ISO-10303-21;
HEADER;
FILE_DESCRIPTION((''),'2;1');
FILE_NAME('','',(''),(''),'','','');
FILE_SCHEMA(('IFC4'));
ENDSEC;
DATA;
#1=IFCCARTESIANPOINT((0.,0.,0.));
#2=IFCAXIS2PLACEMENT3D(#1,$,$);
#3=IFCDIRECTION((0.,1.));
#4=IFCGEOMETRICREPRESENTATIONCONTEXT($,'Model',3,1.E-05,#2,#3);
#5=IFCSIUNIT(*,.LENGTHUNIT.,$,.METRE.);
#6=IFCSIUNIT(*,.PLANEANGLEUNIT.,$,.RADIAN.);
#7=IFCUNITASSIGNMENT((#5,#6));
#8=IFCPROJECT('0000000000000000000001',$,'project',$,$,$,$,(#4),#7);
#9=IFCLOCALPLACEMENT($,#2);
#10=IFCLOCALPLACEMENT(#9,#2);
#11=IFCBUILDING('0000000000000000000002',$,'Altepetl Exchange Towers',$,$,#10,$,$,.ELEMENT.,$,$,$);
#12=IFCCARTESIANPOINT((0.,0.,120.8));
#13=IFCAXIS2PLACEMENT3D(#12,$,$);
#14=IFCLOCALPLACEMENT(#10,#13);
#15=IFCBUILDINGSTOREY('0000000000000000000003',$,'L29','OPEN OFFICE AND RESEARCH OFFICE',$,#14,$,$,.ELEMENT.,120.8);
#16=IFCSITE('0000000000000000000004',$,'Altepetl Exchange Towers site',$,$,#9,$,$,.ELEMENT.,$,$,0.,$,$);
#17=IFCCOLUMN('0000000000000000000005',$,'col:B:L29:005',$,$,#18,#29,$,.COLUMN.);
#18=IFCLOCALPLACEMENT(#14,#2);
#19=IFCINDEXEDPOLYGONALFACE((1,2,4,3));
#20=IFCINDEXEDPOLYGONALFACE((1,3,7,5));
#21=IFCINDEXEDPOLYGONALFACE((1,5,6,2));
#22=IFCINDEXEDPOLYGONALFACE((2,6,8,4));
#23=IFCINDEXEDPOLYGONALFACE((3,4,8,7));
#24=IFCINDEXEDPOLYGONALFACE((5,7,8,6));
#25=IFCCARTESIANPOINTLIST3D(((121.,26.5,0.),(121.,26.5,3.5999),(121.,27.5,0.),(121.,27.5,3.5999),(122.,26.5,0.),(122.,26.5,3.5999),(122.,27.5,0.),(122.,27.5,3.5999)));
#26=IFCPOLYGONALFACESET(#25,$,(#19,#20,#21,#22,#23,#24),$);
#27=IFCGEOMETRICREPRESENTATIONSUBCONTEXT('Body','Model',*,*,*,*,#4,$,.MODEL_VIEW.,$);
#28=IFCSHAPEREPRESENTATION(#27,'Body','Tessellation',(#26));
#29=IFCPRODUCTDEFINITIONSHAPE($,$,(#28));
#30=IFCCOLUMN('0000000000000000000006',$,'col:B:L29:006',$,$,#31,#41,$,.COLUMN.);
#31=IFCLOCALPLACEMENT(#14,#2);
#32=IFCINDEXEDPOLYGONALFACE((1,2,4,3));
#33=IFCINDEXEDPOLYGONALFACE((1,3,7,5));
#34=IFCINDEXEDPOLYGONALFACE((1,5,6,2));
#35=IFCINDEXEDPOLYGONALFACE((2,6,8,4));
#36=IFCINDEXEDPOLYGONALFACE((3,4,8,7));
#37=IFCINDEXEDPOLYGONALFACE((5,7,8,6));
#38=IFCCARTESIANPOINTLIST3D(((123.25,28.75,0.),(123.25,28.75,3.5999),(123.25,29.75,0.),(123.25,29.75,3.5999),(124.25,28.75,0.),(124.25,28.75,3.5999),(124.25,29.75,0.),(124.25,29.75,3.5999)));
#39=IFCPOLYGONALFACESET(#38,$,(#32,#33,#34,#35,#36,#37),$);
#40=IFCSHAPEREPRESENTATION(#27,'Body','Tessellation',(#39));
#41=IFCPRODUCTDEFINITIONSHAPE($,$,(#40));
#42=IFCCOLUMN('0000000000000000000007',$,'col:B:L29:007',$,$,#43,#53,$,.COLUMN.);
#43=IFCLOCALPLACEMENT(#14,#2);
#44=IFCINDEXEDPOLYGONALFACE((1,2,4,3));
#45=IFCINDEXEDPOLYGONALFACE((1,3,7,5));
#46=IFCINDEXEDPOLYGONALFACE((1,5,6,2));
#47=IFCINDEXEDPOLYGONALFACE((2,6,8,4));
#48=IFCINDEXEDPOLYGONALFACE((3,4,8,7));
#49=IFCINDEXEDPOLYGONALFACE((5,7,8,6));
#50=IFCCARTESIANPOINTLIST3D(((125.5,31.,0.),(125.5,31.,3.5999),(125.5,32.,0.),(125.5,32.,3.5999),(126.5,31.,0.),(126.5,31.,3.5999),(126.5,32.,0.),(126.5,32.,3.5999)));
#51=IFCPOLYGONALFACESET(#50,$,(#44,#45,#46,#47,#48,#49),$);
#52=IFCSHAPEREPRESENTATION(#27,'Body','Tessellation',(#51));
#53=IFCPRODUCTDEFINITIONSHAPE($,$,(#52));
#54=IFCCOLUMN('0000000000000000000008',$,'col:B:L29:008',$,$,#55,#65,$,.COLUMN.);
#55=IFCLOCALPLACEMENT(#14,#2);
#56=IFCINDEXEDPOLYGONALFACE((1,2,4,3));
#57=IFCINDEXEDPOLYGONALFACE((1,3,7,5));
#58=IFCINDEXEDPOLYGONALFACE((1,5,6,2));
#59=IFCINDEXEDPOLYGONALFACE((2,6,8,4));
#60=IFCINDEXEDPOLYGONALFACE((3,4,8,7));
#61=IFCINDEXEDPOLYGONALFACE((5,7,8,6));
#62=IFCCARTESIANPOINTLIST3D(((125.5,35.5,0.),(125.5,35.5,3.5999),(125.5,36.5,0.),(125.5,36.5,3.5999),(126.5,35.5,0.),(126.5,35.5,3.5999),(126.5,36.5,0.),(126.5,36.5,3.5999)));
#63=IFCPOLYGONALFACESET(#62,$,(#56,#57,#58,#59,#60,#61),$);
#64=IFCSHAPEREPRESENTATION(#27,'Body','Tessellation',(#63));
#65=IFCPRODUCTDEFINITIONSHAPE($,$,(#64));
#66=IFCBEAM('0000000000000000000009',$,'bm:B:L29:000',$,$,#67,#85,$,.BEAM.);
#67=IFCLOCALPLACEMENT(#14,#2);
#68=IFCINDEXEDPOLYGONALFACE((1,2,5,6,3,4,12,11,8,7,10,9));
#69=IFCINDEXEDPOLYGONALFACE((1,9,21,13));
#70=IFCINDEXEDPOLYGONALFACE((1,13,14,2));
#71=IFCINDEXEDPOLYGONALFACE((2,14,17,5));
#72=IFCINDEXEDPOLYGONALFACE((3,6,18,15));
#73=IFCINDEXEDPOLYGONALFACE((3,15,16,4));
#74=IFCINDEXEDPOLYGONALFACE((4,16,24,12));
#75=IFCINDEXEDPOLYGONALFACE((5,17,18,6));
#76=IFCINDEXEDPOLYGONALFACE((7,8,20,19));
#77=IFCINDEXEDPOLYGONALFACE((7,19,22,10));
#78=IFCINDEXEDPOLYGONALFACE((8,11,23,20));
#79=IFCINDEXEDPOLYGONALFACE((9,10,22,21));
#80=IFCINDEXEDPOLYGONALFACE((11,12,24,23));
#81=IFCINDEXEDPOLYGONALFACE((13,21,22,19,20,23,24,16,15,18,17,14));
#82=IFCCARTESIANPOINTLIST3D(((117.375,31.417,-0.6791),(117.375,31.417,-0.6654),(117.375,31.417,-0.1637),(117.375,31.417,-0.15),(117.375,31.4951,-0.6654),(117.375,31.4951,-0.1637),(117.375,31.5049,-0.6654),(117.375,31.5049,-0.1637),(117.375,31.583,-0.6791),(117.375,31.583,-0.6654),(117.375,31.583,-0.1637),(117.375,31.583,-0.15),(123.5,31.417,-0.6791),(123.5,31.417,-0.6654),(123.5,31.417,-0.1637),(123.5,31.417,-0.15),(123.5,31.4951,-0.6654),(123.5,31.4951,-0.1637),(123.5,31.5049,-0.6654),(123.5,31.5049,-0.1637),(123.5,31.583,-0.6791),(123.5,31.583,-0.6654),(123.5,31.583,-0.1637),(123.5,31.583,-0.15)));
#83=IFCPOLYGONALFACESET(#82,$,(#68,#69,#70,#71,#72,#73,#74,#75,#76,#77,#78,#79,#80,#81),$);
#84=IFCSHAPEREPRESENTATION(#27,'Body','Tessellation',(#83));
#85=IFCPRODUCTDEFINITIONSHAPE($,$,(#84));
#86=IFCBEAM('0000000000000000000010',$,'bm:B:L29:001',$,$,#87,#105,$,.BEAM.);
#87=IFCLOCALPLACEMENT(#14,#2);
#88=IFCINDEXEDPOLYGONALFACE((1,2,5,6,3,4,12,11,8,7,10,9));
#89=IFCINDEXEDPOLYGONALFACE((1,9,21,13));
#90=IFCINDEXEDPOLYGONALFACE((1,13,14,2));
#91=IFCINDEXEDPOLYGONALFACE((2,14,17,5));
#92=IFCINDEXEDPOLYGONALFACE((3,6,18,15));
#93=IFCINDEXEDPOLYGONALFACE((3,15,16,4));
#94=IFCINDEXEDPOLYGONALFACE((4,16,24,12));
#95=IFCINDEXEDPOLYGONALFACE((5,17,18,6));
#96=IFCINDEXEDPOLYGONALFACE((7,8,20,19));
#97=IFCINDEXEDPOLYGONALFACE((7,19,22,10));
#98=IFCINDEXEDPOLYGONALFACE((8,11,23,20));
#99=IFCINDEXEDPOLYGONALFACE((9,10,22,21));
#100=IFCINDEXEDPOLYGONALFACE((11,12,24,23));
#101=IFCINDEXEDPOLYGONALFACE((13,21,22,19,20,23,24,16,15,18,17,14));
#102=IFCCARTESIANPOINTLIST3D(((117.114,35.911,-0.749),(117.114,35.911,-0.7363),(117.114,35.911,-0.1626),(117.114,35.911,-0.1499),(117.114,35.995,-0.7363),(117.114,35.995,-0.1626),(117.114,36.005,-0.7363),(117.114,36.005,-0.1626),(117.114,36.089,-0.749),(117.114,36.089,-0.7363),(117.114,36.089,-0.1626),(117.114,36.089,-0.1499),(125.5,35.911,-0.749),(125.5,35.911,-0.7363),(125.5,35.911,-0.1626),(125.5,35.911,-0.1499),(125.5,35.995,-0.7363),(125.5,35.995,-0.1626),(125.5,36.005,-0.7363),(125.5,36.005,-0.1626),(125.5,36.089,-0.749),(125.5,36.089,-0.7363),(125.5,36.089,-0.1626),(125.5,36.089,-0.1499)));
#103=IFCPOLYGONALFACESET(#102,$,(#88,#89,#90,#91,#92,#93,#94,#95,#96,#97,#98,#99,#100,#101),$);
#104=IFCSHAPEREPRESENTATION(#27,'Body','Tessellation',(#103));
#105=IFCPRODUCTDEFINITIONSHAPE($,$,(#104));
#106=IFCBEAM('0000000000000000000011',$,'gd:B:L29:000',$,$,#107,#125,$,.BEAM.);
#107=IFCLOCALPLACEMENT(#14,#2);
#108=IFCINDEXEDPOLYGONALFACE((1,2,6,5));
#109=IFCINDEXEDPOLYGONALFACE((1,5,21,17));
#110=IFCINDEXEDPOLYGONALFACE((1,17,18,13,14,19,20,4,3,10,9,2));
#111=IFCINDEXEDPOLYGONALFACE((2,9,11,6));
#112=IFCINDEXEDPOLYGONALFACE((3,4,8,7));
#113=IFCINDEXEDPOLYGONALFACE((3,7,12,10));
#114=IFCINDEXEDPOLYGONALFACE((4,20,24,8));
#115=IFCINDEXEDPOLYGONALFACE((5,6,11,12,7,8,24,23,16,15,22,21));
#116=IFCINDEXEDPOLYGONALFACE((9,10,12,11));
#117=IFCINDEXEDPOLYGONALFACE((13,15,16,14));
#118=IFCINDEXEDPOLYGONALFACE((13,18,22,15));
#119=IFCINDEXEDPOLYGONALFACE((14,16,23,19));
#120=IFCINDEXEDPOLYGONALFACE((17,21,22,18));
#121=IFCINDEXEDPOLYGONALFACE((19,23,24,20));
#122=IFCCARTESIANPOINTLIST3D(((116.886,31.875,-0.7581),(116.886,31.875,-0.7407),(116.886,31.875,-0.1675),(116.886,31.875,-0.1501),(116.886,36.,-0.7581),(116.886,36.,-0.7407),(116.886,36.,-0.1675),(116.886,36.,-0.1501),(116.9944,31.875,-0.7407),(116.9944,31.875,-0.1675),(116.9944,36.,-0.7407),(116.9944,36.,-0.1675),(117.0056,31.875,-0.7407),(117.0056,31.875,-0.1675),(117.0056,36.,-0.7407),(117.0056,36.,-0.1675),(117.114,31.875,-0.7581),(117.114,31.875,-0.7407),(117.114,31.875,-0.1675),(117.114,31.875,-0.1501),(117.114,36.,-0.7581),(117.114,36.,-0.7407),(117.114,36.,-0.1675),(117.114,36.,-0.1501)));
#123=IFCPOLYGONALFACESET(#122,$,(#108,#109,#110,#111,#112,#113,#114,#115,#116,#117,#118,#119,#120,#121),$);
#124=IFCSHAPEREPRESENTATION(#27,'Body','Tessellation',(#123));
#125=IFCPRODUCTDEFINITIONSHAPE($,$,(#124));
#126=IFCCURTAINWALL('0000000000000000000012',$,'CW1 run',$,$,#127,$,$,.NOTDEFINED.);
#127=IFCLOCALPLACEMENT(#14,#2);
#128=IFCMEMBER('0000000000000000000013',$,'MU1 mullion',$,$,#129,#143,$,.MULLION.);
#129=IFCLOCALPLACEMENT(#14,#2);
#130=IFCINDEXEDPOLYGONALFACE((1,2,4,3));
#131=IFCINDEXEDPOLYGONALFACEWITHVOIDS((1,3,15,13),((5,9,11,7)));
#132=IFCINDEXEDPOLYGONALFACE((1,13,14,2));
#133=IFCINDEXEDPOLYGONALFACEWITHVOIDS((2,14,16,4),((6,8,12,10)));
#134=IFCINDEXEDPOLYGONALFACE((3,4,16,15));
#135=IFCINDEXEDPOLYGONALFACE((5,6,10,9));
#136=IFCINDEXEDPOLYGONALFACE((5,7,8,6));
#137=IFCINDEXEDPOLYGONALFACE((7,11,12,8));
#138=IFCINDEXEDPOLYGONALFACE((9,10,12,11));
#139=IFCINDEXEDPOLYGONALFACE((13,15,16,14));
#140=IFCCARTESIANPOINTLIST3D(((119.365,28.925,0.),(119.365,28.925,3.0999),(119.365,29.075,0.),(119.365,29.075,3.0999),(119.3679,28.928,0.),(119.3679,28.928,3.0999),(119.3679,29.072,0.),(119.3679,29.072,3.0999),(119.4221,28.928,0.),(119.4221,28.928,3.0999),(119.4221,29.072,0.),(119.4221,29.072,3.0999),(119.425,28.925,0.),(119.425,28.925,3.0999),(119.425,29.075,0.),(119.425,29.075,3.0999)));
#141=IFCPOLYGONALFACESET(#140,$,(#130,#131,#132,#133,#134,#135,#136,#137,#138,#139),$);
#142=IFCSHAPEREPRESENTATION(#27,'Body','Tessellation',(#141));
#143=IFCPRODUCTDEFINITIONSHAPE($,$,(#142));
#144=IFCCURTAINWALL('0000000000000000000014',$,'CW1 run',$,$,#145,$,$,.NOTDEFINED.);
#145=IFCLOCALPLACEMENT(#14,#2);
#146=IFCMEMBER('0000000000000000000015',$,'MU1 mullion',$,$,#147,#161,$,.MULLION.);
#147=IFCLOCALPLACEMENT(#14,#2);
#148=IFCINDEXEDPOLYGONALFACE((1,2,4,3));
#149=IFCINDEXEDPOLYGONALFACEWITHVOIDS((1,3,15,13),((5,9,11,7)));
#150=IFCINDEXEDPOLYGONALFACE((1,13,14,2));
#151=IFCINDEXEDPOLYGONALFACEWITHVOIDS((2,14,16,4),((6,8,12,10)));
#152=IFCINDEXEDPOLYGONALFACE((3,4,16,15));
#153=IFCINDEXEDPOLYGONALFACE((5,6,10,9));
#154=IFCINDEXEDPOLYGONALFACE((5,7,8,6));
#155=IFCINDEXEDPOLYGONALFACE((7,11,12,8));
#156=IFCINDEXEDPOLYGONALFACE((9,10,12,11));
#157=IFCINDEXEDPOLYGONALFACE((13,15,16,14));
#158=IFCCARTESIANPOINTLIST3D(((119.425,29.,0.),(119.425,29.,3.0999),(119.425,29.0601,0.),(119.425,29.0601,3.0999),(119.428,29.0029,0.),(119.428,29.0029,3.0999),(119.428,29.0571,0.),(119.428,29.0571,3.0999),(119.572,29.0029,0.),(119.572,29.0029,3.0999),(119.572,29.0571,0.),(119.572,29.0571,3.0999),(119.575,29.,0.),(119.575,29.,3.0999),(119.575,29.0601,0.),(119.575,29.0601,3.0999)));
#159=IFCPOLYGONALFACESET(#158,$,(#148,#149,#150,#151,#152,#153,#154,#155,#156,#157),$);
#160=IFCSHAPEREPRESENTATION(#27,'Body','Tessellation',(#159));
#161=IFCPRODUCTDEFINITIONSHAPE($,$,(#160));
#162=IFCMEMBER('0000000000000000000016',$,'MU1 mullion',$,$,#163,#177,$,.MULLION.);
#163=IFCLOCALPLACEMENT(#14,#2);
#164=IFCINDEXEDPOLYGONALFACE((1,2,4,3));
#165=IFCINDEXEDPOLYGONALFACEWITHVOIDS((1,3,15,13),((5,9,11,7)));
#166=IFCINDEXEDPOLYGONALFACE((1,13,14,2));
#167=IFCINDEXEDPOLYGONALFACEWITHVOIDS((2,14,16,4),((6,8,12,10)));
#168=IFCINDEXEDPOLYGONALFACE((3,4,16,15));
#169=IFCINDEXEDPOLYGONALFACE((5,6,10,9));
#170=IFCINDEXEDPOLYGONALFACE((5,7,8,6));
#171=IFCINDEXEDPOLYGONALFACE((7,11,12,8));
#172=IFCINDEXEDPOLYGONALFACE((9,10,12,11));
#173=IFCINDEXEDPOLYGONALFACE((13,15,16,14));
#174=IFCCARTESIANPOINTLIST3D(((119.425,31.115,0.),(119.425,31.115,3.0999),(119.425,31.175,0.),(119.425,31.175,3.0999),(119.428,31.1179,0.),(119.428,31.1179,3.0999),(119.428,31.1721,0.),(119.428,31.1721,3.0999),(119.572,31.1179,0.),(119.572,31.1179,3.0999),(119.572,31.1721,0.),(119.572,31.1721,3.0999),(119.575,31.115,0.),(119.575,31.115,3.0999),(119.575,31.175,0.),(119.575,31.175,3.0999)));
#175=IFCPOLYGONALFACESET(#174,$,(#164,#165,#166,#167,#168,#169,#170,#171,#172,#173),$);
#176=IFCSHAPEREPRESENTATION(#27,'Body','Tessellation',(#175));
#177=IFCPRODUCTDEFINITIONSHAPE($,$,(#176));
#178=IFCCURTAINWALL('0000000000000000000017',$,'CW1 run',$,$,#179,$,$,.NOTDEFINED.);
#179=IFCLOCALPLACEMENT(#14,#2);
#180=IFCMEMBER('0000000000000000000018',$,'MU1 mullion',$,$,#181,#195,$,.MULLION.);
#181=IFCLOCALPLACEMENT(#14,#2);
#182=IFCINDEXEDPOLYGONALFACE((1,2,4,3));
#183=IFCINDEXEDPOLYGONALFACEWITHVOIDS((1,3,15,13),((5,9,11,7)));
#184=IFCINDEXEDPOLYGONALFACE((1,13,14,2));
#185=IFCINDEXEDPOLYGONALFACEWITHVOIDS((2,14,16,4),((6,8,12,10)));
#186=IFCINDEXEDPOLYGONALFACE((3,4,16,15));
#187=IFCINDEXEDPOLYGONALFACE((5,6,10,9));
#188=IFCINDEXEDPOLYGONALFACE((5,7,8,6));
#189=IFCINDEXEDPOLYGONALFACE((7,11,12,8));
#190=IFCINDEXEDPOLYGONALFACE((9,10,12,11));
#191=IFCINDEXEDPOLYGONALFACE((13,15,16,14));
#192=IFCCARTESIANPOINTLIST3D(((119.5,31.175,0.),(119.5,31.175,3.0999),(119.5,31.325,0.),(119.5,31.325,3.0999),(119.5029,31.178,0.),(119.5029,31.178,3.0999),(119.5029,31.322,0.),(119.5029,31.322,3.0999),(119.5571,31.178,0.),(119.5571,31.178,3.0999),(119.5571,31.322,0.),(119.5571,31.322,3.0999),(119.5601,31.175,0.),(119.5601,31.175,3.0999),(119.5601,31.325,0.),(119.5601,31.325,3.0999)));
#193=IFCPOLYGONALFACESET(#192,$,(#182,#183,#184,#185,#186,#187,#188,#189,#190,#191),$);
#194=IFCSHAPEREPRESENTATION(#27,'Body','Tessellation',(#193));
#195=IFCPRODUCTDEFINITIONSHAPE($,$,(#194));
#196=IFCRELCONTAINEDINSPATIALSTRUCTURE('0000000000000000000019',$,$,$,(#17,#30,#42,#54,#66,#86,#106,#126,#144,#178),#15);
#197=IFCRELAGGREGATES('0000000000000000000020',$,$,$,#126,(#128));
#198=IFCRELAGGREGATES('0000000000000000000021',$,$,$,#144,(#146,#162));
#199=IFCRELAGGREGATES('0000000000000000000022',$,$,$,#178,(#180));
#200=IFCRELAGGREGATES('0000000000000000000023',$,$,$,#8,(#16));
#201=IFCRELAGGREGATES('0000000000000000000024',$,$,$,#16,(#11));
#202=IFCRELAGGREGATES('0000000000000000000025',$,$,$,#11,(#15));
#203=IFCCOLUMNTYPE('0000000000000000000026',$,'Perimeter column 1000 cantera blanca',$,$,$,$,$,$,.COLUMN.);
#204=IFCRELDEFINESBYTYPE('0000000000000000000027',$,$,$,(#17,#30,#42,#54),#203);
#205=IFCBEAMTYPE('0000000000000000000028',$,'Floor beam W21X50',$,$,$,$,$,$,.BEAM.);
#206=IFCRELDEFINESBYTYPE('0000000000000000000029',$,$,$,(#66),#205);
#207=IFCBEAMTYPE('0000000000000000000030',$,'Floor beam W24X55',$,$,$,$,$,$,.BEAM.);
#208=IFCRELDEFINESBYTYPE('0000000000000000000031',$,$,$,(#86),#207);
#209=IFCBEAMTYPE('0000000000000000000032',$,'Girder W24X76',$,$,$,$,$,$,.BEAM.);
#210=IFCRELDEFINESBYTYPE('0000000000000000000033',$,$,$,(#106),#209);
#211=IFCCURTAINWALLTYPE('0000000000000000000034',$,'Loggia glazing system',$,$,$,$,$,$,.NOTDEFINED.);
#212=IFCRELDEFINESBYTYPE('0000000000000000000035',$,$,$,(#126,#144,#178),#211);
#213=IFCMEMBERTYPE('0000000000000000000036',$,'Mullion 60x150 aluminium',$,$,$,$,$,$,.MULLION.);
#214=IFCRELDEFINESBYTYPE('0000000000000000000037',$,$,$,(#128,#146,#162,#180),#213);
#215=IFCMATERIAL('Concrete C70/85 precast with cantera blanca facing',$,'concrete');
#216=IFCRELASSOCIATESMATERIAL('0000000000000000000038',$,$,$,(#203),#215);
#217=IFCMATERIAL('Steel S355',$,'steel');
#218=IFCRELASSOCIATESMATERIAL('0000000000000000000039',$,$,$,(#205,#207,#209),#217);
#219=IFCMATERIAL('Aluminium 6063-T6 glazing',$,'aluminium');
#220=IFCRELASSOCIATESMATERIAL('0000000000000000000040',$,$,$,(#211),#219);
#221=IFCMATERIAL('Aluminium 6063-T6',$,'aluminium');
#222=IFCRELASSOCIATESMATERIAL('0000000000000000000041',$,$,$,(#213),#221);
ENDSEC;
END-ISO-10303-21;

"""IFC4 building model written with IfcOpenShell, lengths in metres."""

from ifc_helpers import new_model, si_unit, direction, frame, origin, origin_2d, place, context, subcontext, project, spatial, rectangle, hollow_rectangle, i_section, extrude, material, material_profile, profile_set, type_object, element, aggregate, save


model = new_model("IFC4")

# Units and contexts
model_context = context("Model", 3, precision=1e-05, world=origin(), true_north=direction((0.0, 1.0)))
body_context = subcontext(model_context, "Body", "Model", "MODEL_VIEW")
ifc_project = project(units=[si_unit("LENGTHUNIT", "METRE"), si_unit("PLANEANGLEUNIT", "RADIAN")], contexts=[model_context])

# Site, building, storey
site_placement = place(None, origin())
site = spatial("IfcSite", under=ifc_project, at=site_placement, Name="Altepetl Exchange Towers site", CompositionType="ELEMENT", RefElevation=0.0)
building_placement = place(site_placement, origin())
building = spatial("IfcBuilding", under=site, at=building_placement, Name="Altepetl Exchange Towers", CompositionType="ELEMENT")
storey_placement = place(building_placement, frame((0.0, 0.0, 120.8)))
storey = spatial("IfcBuildingStorey", under=building, at=storey_placement, Name="L29", Description="OPEN OFFICE AND RESEARCH OFFICE", CompositionType="ELEMENT", Elevation=120.8)

# Columns
ifc_material_1 = material(Name="Concrete C70/85 precast with cantera blanca facing", Category="concrete")
ifc_material_profile_1 = material_profile(ifc_material_1, rectangle(XDim=1.0, YDim=1.0, at=origin_2d()), Name="1000 x 1000")
ifc_profile_set_1 = profile_set([ifc_material_profile_1], Name="Concrete C70/85 precast with cantera blanca facing")
column_type = type_object("IfcColumnType", Name="Perimeter column 1000 cantera blanca", PredefinedType="COLUMN", material=ifc_profile_set_1)
for number, where, name in (
    (1, (121.5, 27.0, 0.0), "col:B:L29:005"),
    (2, (123.75, 29.25, 0.0), "col:B:L29:006"),
    (3, (126.0, 31.5, 0.0), "col:B:L29:007"),
    (4, (126.0, 36.0, 0.0), "col:B:L29:008"),
):
    element("IfcColumn", number, at=place(storey_placement, frame(where)), inside=storey, type_object=column_type, Name=name, PredefinedType="COLUMN", context=body_context, shape_type="SweptSolid", body=[
        extrude(rectangle(XDim=1.0, YDim=1.0, at=origin_2d()), origin(), (0.0, 0.0, 1.0), 3.5999),
    ])

# Beams
ifc_material_2 = material(Name="Steel S355", Category="steel")
ifc_material_profile_2 = material_profile(ifc_material_2, i_section(OverallWidth=0.166, OverallDepth=0.5291, WebThickness=0.0098, FlangeThickness=0.0137, at=origin_2d()), Name="W21X50")
ifc_profile_set_2 = profile_set([ifc_material_profile_2], Name="Steel S355")
beam_type_1 = type_object("IfcBeamType", Name="Floor beam W21X50", PredefinedType="BEAM", material=ifc_profile_set_2)
beam_1_placement = place(storey_placement, frame((117.375, 31.5, -0.4146), z_axis=(1.0, 0.0, 0.0), x_axis=(0.0, 1.0, 0.0)))
element("IfcBeam", 5, at=beam_1_placement, inside=storey, type_object=beam_type_1, Name="bm:B:L29:000", PredefinedType="BEAM", context=body_context, shape_type="SweptSolid", body=[
    extrude(i_section(OverallWidth=0.166, OverallDepth=0.5291, WebThickness=0.0098, FlangeThickness=0.0137, at=origin_2d()), origin(), (0.0, 0.0, 1.0), 6.125),
])
ifc_material_profile_3 = material_profile(ifc_material_2, i_section(OverallWidth=0.178, OverallDepth=0.5991, WebThickness=0.01, FlangeThickness=0.0127, at=origin_2d()), Name="W24X55")
ifc_profile_set_3 = profile_set([ifc_material_profile_3], Name="Steel S355")
beam_type_2 = type_object("IfcBeamType", Name="Floor beam W24X55", PredefinedType="BEAM", material=ifc_profile_set_3)
beam_2_placement = place(storey_placement, frame((117.114, 36.0, -0.4495), z_axis=(1.0, 0.0, 0.0), x_axis=(0.0, 1.0, 0.0)))
element("IfcBeam", 6, at=beam_2_placement, inside=storey, type_object=beam_type_2, Name="bm:B:L29:001", PredefinedType="BEAM", context=body_context, shape_type="SweptSolid", body=[
    extrude(i_section(OverallWidth=0.178, OverallDepth=0.5991, WebThickness=0.01, FlangeThickness=0.0127, at=origin_2d()), origin(), (0.0, 0.0, 1.0), 8.386),
])
ifc_material_profile_4 = material_profile(ifc_material_2, i_section(OverallWidth=0.228, OverallDepth=0.6079, WebThickness=0.0112, FlangeThickness=0.0173, at=origin_2d()), Name="W24X76")
ifc_profile_set_4 = profile_set([ifc_material_profile_4], Name="Steel S355")
beam_type_3 = type_object("IfcBeamType", Name="Girder W24X76", PredefinedType="BEAM", material=ifc_profile_set_4)
beam_3_placement = place(storey_placement, frame((117.0, 36.0, -0.4541), z_axis=(0.0, -1.0, 0.0), x_axis=(1.0, 0.0, 0.0)))
element("IfcBeam", 7, at=beam_3_placement, inside=storey, type_object=beam_type_3, Name="gd:B:L29:000", PredefinedType="BEAM", context=body_context, shape_type="SweptSolid", body=[
    extrude(i_section(OverallWidth=0.228, OverallDepth=0.6079, WebThickness=0.0112, FlangeThickness=0.0173, at=origin_2d()), origin(), (0.0, 0.0, 1.0), 4.125),
])

# Curtain wall, member
ifc_material_3 = material(Name="Aluminium 6063-T6 glazing", Category="aluminium")
curtain_wall_type = type_object("IfcCurtainWallType", Name="Loggia glazing system", PredefinedType="NOTDEFINED", material=ifc_material_3)
curtain_wall_1_placement = place(storey_placement, origin())
curtain_wall_1 = element("IfcCurtainWall", 8, at=curtain_wall_1_placement, inside=storey, type_object=curtain_wall_type, Name="CW1 run", PredefinedType="NOTDEFINED")
ifc_material_4 = material(Name="Aluminium 6063-T6", Category="aluminium")
ifc_material_profile_5 = material_profile(ifc_material_4, hollow_rectangle(XDim=0.0601, YDim=0.1499, WallThickness=0.0029, at=origin_2d()), Name="Mullion 60x150 aluminium")
ifc_profile_set_5 = profile_set([ifc_material_profile_5], Name="Aluminium 6063-T6")
member_type = type_object("IfcMemberType", Name="Mullion 60x150 aluminium", PredefinedType="MULLION", material=ifc_profile_set_5)
member_1_placement = place(storey_placement, frame((119.395, 29.0, 0.0)))
member_1 = element("IfcMember", 9, at=member_1_placement, type_object=member_type, Name="MU1 mullion", PredefinedType="MULLION", context=body_context, shape_type="SweptSolid", body=[
    extrude(hollow_rectangle(XDim=0.0601, YDim=0.1499, WallThickness=0.0029, at=origin_2d()), origin(), (0.0, 0.0, 1.0), 3.0999),
])

# Curtain walls, members
curtain_wall_2_placement = place(storey_placement, origin())
curtain_wall_2 = element("IfcCurtainWall", 10, at=curtain_wall_2_placement, inside=storey, type_object=curtain_wall_type, Name="CW1 run", PredefinedType="NOTDEFINED")
member_2_placement = place(storey_placement, frame((119.5, 29.03, 0.0), z_axis=(0.0, 0.0, 1.0), x_axis=(0.0, 1.0, 0.0)))
member_2 = element("IfcMember", 11, at=member_2_placement, type_object=member_type, Name="MU1 mullion", PredefinedType="MULLION", context=body_context, shape_type="SweptSolid", body=[
    extrude(hollow_rectangle(XDim=0.0601, YDim=0.1499, WallThickness=0.0029, at=origin_2d()), origin(), (0.0, 0.0, 1.0), 3.0999),
])
member_3_placement = place(storey_placement, frame((119.5, 31.145, 0.0), z_axis=(0.0, 0.0, 1.0), x_axis=(0.0, 1.0, 0.0)))
member_3 = element("IfcMember", 12, at=member_3_placement, type_object=member_type, Name="MU1 mullion", PredefinedType="MULLION", context=body_context, shape_type="SweptSolid", body=[
    extrude(hollow_rectangle(XDim=0.0601, YDim=0.1499, WallThickness=0.0029, at=origin_2d()), origin(), (0.0, 0.0, 1.0), 3.0999),
])
curtain_wall_3_placement = place(storey_placement, origin())
curtain_wall_3 = element("IfcCurtainWall", 13, at=curtain_wall_3_placement, inside=storey, type_object=curtain_wall_type, Name="CW1 run", PredefinedType="NOTDEFINED")
member_4_placement = place(storey_placement, frame((119.53, 31.25, 0.0)))
member_4 = element("IfcMember", 14, at=member_4_placement, type_object=member_type, Name="MU1 mullion", PredefinedType="MULLION", context=body_context, shape_type="SweptSolid", body=[
    extrude(hollow_rectangle(XDim=0.0601, YDim=0.1499, WallThickness=0.0029, at=origin_2d()), origin(), (0.0, 0.0, 1.0), 3.0999),
])

aggregate(curtain_wall_1, [member_1])
aggregate(curtain_wall_2, [member_2, member_3])
aggregate(curtain_wall_3, [member_4])

save(model, "model.ifc")
